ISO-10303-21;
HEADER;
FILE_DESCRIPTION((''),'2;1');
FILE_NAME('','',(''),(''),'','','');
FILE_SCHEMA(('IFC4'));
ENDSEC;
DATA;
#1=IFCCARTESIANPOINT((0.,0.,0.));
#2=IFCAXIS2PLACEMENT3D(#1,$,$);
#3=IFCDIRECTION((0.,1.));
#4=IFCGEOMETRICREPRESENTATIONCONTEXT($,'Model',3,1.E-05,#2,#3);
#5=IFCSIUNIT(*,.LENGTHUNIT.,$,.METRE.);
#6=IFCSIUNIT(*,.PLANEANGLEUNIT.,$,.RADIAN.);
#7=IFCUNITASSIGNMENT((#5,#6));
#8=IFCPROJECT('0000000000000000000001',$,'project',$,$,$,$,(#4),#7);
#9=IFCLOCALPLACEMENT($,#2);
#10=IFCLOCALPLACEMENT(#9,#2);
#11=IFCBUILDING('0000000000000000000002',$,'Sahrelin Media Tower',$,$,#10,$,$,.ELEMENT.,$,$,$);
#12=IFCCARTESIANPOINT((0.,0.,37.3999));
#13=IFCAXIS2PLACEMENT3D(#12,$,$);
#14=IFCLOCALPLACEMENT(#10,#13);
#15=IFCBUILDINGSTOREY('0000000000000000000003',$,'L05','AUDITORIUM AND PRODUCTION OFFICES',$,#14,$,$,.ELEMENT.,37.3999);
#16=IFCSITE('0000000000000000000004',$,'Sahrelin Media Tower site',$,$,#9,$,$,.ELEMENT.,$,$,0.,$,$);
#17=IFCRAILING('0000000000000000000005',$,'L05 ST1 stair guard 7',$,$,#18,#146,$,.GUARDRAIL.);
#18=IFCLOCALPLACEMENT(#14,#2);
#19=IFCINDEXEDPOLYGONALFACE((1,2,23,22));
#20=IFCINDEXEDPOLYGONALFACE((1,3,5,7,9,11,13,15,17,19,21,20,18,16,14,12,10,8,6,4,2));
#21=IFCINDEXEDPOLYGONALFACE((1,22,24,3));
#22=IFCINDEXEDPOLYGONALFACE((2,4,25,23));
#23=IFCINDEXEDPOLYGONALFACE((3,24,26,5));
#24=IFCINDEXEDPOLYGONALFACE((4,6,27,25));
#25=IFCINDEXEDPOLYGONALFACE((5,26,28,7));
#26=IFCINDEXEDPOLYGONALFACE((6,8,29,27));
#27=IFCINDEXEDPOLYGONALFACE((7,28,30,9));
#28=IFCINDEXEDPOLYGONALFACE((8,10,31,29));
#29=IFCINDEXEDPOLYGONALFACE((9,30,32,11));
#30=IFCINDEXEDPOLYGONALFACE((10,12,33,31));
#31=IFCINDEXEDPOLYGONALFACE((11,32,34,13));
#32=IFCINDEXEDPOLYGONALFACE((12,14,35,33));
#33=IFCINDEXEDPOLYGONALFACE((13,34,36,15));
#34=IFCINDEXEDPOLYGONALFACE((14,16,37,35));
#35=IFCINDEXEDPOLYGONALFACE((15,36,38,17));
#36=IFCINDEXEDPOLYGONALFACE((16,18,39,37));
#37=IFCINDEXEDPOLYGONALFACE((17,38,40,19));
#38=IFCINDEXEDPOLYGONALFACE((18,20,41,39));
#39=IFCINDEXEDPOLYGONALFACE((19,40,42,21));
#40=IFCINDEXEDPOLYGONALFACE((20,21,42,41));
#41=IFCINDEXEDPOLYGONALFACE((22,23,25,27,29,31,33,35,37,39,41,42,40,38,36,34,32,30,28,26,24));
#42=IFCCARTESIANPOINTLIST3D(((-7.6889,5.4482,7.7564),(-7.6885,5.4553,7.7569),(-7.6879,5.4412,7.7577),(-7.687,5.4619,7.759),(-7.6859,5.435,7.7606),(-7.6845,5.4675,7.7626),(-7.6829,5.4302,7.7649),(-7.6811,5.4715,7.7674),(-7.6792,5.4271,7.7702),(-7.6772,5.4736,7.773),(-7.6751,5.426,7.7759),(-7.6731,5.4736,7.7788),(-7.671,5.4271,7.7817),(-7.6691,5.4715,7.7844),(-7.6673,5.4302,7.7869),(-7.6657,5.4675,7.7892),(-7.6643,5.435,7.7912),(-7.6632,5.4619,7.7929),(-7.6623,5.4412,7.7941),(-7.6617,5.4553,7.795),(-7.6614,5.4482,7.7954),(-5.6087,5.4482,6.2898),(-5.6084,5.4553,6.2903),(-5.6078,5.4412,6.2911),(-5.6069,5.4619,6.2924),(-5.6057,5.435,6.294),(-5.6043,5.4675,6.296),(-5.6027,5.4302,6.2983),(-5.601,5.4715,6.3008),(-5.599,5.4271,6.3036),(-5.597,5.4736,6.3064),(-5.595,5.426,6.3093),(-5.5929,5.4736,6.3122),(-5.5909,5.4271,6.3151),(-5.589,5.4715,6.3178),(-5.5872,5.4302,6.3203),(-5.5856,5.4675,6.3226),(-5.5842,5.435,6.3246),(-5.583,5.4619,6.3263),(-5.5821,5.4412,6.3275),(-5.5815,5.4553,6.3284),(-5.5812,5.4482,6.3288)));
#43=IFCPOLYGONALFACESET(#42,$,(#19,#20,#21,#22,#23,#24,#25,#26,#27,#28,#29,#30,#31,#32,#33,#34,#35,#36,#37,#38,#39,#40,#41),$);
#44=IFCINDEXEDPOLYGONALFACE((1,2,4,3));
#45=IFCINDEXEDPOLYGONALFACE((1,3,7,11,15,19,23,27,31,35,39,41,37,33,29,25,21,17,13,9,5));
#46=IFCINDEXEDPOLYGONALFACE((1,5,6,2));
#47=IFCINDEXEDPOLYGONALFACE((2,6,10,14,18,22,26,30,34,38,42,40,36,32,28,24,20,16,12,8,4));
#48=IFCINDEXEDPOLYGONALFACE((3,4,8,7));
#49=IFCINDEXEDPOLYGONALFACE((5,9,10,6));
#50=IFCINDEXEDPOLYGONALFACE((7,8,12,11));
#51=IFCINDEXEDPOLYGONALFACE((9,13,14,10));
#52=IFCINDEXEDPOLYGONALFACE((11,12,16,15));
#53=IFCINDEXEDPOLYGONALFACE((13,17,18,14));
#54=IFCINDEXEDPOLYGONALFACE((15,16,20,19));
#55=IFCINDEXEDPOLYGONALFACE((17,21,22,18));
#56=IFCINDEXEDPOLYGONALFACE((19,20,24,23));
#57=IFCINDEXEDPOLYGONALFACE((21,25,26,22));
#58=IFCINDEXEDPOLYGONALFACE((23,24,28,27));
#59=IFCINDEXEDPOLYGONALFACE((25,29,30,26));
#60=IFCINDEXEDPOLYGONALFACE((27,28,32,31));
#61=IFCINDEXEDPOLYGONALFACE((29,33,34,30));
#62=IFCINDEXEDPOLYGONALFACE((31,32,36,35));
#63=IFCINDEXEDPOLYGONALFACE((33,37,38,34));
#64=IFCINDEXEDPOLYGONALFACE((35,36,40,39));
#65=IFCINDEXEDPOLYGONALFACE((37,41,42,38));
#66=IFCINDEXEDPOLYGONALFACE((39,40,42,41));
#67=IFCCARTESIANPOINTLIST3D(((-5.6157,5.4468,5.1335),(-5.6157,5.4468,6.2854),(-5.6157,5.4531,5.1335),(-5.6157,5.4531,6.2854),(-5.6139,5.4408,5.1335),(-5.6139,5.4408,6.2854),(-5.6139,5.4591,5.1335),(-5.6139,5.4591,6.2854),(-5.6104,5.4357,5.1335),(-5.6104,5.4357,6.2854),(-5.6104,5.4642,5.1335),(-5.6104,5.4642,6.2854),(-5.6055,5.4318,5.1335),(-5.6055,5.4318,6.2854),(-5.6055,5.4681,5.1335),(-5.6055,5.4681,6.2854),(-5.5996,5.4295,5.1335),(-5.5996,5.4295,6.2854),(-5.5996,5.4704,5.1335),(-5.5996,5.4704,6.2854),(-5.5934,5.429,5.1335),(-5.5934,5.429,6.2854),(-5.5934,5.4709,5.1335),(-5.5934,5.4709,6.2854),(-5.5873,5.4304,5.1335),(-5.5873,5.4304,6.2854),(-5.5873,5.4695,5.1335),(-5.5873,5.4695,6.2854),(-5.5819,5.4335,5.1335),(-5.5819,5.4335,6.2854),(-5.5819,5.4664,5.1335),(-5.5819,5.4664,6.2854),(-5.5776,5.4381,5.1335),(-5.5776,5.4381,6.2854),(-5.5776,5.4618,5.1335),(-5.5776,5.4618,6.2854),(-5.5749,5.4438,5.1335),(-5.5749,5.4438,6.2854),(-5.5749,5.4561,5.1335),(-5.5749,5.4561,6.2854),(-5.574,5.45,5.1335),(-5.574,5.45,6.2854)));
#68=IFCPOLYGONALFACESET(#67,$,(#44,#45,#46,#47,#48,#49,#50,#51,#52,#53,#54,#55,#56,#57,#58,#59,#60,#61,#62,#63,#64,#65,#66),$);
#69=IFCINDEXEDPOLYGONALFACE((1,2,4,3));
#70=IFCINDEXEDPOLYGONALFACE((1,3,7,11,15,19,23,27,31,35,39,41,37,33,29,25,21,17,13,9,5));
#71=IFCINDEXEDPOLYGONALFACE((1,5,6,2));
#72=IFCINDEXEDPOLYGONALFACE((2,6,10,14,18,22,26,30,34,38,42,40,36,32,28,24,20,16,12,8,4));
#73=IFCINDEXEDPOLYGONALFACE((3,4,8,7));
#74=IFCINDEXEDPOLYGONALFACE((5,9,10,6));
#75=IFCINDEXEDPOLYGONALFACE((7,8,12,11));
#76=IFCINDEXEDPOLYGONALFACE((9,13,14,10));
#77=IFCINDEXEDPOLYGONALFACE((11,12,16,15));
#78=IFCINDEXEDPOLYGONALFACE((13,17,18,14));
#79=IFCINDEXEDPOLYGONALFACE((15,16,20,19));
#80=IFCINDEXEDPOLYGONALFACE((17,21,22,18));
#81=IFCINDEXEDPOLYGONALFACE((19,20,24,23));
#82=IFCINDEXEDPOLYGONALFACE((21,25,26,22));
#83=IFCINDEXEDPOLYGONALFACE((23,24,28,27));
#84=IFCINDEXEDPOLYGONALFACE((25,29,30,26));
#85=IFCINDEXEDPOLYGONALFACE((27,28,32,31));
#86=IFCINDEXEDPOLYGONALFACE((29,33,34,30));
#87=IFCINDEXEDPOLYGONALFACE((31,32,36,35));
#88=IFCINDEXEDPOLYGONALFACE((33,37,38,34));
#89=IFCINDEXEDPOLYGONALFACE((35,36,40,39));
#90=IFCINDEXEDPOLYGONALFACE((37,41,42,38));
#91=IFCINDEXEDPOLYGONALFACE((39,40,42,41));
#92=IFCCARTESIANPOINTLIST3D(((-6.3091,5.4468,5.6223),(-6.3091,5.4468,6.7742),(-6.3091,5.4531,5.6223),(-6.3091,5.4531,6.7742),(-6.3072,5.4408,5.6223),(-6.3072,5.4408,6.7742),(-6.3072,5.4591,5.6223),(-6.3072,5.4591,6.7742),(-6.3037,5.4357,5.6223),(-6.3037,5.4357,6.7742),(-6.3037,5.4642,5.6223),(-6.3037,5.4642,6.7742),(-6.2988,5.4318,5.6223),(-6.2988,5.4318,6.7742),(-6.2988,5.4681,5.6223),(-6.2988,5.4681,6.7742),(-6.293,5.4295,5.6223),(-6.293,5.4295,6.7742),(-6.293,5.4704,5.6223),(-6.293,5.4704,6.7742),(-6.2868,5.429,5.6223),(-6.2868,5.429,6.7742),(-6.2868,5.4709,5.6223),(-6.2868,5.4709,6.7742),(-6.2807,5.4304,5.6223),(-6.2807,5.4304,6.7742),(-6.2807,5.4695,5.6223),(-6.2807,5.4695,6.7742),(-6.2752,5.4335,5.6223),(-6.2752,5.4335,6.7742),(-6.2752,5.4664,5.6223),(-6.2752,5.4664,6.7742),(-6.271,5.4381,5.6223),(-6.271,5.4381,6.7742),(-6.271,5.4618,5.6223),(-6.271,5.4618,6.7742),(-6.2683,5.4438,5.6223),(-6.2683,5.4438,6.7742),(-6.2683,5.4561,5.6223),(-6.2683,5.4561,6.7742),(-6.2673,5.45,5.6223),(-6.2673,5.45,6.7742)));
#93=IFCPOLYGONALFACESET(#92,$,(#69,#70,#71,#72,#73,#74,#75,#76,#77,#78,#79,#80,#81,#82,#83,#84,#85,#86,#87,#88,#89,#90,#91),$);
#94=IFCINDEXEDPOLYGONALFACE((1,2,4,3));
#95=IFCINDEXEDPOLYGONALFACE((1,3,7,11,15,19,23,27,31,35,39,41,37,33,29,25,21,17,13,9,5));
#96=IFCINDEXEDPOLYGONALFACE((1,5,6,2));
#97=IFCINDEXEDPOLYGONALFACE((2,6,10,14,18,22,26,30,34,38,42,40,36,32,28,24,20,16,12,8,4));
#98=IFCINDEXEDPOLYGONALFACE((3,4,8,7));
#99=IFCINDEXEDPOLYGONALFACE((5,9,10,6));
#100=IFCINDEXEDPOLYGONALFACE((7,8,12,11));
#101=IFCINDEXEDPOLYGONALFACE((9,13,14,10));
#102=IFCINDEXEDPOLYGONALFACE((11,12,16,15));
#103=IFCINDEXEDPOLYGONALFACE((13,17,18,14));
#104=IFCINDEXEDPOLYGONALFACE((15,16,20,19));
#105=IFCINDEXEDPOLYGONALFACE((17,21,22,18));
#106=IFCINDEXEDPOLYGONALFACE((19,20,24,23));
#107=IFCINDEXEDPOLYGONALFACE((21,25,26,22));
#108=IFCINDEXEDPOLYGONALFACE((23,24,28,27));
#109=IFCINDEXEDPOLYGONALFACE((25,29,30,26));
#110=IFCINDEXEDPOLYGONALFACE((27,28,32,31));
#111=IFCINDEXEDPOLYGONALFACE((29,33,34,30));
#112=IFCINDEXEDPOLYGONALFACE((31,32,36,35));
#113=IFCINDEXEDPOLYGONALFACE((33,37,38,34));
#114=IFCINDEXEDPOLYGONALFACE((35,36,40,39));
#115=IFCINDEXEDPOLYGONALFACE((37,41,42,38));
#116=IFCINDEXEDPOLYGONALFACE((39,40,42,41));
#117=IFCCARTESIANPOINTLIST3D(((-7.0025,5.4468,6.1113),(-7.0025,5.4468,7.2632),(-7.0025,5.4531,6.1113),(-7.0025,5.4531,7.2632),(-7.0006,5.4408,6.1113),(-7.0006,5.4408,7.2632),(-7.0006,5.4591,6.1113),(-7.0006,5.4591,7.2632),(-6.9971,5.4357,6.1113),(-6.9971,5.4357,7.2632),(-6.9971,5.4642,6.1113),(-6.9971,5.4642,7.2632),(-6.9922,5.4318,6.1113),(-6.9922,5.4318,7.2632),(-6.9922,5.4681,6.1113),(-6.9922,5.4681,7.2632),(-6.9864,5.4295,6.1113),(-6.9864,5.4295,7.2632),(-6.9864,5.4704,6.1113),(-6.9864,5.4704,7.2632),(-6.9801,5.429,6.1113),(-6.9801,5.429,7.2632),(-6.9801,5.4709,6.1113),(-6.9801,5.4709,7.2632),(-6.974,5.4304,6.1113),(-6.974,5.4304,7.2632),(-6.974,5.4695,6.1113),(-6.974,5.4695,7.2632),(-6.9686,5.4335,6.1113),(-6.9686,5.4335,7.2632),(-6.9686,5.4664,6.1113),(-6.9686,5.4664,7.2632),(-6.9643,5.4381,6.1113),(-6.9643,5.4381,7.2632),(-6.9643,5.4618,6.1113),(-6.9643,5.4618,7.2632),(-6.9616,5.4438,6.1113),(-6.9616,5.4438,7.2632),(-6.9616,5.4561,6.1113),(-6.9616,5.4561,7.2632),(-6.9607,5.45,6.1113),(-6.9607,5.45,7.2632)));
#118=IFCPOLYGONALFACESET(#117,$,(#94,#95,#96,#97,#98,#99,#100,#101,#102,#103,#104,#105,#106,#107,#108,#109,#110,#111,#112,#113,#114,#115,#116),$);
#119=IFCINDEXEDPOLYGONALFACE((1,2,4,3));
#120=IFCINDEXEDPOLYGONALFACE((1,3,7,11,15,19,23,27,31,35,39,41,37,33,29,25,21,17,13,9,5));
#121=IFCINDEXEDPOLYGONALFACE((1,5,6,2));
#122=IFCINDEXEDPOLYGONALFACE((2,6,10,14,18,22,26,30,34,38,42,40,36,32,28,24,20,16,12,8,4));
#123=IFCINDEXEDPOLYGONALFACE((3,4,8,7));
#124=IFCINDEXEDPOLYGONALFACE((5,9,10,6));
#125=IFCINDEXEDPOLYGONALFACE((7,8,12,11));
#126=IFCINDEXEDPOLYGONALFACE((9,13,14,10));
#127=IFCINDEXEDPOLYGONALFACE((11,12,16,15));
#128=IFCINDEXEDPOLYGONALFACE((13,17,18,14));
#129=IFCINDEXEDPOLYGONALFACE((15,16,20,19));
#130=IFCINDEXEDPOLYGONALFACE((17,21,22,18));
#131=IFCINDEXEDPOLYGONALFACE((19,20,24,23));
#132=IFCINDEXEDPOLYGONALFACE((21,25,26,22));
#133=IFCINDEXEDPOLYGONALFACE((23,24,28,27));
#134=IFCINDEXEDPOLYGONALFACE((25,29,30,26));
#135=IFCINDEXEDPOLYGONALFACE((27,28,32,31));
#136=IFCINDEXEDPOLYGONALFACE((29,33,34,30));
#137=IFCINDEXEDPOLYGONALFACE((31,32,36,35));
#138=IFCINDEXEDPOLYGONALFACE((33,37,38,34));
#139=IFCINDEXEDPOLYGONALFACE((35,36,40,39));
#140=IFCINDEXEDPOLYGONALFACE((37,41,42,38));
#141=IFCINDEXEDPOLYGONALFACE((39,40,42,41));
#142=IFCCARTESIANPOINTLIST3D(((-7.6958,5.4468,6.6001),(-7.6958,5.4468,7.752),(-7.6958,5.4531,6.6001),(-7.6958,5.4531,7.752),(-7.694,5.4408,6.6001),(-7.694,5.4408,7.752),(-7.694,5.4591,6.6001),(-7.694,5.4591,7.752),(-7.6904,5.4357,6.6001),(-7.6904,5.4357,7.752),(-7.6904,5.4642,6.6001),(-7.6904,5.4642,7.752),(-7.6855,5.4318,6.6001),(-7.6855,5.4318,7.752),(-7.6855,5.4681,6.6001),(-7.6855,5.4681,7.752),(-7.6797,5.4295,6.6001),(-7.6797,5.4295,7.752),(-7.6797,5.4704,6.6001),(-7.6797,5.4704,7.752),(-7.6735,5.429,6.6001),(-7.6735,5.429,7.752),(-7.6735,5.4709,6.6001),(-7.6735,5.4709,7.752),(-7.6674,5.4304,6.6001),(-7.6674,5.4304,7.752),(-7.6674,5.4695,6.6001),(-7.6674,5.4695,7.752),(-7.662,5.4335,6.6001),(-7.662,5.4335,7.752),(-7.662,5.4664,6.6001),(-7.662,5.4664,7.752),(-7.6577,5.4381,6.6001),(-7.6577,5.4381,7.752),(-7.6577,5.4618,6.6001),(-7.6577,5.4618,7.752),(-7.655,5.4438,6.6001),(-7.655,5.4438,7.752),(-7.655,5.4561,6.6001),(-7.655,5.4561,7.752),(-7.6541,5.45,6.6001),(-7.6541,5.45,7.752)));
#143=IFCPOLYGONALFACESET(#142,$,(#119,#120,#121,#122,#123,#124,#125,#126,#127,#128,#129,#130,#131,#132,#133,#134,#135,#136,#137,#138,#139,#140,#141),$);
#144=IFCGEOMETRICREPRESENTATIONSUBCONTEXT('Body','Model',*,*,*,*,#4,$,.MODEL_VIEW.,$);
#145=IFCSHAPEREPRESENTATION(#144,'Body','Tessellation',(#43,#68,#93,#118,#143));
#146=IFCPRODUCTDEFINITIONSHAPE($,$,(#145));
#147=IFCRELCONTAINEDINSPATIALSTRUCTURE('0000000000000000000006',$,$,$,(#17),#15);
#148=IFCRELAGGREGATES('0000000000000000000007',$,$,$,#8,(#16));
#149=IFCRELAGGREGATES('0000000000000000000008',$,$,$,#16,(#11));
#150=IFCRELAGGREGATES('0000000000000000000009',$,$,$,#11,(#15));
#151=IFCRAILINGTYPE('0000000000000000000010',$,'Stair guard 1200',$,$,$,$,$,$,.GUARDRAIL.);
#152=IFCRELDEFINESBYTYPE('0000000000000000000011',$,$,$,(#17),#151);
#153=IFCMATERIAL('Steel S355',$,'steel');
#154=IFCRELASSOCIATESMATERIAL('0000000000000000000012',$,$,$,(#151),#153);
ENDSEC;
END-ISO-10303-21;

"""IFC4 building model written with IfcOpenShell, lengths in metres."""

from ifc_helpers import new_model, si_unit, direction, frame, origin, origin_2d, place, context, subcontext, project, spatial, circle, extrude, material, type_object, element, save


model = new_model("IFC4")

# Units and contexts
model_context = context("Model", 3, precision=1e-05, world=origin(), true_north=direction((0.0, 1.0)))
body_context = subcontext(model_context, "Body", "Model", "MODEL_VIEW")
ifc_project = project(units=[si_unit("LENGTHUNIT", "METRE"), si_unit("PLANEANGLEUNIT", "RADIAN")], contexts=[model_context])

# Site, building, storey
site_placement = place(None, origin())
site = spatial("IfcSite", under=ifc_project, at=site_placement, Name="Sahrelin Media Tower site", CompositionType="ELEMENT", RefElevation=0.0)
building_placement = place(site_placement, origin())
building = spatial("IfcBuilding", under=site, at=building_placement, Name="Sahrelin Media Tower", CompositionType="ELEMENT")
storey_placement = place(building_placement, frame((0.0, 0.0, 37.3999)))
storey = spatial("IfcBuildingStorey", under=building, at=storey_placement, Name="L05", Description="AUDITORIUM AND PRODUCTION OFFICES", CompositionType="ELEMENT", Elevation=37.3999)

# Shared definitions
ifc_material_1 = material(Name="Steel S355", Category="steel")

# Railing
railing_type_1 = type_object("IfcRailingType", Name="Stair guard 1200", PredefinedType="GUARDRAIL", material=ifc_material_1)
railing_placement = place(storey_placement, frame((-5.595, 5.45, 5.1335)))
element("IfcRailing", 1, at=railing_placement, inside=storey, type_object=railing_type_1, Name="L05 ST1 stair guard 7", PredefinedType="GUARDRAIL", context=body_context, shape_type="SweptSolid", body=[
    extrude(circle(Radius=0.0239, at=origin_2d()), frame((0.0, 0.0, 1.1758), z_axis=(-0.817289, 0.0, 0.576227), x_axis=(0.0, -1.0, 0.0)), (0.0, 0.0, 1.0), 2.5452),
    extrude(circle(Radius=0.021, at=origin_2d()), origin(), (0.0, 0.0, 1.0), 1.1519),
    extrude(circle(Radius=0.021, at=origin_2d()), frame((-0.6934, 0.0, 0.4888)), (0.0, 0.0, 1.0), 1.1519),
    extrude(circle(Radius=0.021, at=origin_2d()), frame((-1.3867, 0.0, 0.9778)), (0.0, 0.0, 1.0), 1.1519),
    extrude(circle(Radius=0.021, at=origin_2d()), frame((-2.0801, 0.0, 1.4666)), (0.0, 0.0, 1.0), 1.1519),
])

save(model, "model.ifc")
